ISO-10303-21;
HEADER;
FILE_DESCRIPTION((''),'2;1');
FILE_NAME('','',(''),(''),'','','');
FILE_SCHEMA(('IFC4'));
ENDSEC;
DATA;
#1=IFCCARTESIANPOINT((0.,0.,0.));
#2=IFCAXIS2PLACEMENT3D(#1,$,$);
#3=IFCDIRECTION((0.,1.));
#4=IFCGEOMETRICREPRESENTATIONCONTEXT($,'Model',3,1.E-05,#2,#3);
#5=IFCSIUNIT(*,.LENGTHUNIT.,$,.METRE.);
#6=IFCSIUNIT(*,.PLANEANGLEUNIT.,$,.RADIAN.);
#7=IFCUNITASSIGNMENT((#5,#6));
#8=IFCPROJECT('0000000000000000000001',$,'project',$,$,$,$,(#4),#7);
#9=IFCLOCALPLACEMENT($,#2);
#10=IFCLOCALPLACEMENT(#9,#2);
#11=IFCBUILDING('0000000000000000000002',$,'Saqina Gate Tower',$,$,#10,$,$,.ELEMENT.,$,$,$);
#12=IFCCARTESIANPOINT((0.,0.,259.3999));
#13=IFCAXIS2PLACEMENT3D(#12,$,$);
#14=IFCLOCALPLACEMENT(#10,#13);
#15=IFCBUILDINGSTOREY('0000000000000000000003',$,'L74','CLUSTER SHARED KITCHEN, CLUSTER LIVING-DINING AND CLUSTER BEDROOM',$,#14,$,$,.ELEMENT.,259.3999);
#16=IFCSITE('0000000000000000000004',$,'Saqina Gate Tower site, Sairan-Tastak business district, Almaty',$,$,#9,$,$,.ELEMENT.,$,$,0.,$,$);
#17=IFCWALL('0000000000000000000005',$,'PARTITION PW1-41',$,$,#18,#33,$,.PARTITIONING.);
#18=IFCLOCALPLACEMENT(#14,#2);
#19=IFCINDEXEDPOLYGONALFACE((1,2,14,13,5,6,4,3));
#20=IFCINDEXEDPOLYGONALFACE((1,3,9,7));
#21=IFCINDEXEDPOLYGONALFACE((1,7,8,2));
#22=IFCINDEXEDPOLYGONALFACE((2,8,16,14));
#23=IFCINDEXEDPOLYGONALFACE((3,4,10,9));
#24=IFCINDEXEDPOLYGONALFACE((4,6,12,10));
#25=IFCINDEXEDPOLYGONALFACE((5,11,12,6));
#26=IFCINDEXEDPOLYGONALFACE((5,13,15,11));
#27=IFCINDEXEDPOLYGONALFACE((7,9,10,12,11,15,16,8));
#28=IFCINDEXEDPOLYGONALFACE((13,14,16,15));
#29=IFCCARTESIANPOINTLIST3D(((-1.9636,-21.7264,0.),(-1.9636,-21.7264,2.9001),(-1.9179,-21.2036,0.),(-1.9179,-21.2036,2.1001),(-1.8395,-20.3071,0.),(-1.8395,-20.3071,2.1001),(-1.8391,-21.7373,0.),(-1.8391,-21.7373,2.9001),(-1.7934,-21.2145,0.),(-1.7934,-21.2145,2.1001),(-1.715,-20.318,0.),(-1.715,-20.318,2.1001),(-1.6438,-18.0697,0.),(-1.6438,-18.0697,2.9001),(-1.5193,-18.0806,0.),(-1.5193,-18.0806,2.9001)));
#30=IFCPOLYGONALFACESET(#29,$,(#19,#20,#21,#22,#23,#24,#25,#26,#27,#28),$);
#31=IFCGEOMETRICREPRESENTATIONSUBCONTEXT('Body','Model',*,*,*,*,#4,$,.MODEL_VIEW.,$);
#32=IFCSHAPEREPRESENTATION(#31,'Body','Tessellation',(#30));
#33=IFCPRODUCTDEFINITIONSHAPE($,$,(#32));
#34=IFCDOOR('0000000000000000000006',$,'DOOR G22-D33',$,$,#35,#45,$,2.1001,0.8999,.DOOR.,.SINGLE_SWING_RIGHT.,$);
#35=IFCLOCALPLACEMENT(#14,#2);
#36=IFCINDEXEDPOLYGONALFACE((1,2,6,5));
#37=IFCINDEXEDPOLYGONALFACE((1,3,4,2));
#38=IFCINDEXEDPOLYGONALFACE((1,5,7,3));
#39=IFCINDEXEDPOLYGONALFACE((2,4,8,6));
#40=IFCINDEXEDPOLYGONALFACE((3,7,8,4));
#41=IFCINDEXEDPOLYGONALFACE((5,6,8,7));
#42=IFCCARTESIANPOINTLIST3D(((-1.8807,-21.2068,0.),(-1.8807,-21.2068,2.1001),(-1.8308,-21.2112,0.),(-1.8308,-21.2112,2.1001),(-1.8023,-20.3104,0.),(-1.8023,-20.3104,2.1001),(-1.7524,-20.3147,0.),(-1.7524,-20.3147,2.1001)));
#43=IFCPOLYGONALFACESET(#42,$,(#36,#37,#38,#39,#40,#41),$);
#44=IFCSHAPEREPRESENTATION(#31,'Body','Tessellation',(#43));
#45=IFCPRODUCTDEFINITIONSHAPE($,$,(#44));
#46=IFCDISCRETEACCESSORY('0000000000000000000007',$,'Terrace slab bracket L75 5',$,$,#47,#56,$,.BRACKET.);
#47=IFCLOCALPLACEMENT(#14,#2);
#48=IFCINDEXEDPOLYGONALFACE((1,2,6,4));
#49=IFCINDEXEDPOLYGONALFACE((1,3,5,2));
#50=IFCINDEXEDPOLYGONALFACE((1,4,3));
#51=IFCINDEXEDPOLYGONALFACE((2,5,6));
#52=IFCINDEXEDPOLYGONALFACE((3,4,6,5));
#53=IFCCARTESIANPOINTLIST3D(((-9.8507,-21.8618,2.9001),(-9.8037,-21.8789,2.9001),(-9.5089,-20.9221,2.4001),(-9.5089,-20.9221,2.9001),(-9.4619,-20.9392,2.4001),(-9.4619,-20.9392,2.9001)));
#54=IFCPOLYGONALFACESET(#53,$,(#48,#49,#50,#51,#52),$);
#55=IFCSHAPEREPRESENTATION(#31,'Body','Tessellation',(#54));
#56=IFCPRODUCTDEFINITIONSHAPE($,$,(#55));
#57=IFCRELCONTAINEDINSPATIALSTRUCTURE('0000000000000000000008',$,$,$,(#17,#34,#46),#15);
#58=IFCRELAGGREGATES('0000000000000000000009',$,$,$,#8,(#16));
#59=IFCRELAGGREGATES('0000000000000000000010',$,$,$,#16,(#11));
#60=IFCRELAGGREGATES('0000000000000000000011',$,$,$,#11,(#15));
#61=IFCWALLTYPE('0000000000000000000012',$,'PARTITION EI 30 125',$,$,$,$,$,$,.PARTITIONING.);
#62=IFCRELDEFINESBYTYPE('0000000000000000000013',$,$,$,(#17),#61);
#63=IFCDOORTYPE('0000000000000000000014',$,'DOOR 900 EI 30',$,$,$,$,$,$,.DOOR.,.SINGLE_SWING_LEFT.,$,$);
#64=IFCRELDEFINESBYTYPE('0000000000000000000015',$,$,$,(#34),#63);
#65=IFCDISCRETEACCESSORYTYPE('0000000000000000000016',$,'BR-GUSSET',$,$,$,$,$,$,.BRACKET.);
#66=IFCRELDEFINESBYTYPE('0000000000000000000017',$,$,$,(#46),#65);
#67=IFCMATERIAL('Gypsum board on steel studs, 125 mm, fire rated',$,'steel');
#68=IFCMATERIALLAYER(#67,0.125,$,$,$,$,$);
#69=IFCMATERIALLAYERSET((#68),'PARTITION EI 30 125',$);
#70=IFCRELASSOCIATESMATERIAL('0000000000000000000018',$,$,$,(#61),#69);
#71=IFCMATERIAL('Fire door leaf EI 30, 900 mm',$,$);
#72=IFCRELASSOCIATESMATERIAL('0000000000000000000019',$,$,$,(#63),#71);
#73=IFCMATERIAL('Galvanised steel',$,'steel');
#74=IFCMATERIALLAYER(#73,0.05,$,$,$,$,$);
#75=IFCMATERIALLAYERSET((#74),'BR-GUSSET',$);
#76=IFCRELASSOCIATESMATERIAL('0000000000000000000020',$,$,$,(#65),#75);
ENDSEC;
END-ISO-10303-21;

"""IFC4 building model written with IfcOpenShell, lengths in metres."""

from ifc_helpers import new_model, si_unit, direction, frame, frame_2d, origin, place, context, subcontext, project, spatial, polyline, rectangle, outline, extrude, material, layer, layer_set, type_object, element, fill, save


model = new_model("IFC4")

# Units and contexts
model_context = context("Model", 3, precision=1e-05, world=origin(), true_north=direction((0.0, 1.0)))
body_context = subcontext(model_context, "Body", "Model", "MODEL_VIEW")
ifc_project = project(units=[si_unit("LENGTHUNIT", "METRE"), si_unit("PLANEANGLEUNIT", "RADIAN")], contexts=[model_context])

# Site, building, storey
site_placement = place(None, origin())
site = spatial("IfcSite", under=ifc_project, at=site_placement, Name="Saqina Gate Tower site, Sairan-Tastak business district, Almaty", CompositionType="ELEMENT", RefElevation=0.0)
building_placement = place(site_placement, origin())
building = spatial("IfcBuilding", under=site, at=building_placement, Name="Saqina Gate Tower", CompositionType="ELEMENT")
storey_placement = place(building_placement, frame((0.0, 0.0, 259.3999)))
storey = spatial("IfcBuildingStorey", under=building, at=storey_placement, Name="L74", Description="CLUSTER SHARED KITCHEN, CLUSTER LIVING-DINING AND CLUSTER BEDROOM", CompositionType="ELEMENT", Elevation=259.3999)

# Shared definitions
ifc_material_1 = material(Name="Gypsum board on steel studs, 125 mm, fire rated", Category="steel")
ifc_layer_1 = layer(ifc_material_1, 0.125)
ifc_layer_set_1 = layer_set([ifc_layer_1], Name="PARTITION EI 30 125")
wall_type_1 = type_object("IfcWallType", Name="PARTITION EI 30 125", PredefinedType="PARTITIONING", material=ifc_layer_set_1)

# Wall, opening, door
wall_1_placement = place(storey_placement, frame((-1.9014, -21.7319, 0.0), z_axis=(0.0, 0.0, 1.0), x_axis=(0.087129, 0.996197, 0.0)))
wall_1 = element("IfcWall", 1, at=wall_1_placement, inside=storey, type_object=wall_type_1, Name="PARTITION PW1-41", PredefinedType="PARTITIONING", context=body_context, shape_type="SweptSolid", body=[
    extrude(rectangle(XDim=3.6707, YDim=0.125, at=frame_2d((1.8354, 0.0))), origin(), (0.0, 0.0, 1.0), 2.9001),
])
opening_1_placement = place(wall_1_placement, frame((0.5249, 0.0, 0.0)))
opening_1 = element("IfcOpeningElement", 2, at=opening_1_placement, cuts=wall_1, PredefinedType="OPENING", context=body_context, shape_type="SweptSolid", body=[
    extrude(rectangle(XDim=0.8999, YDim=2.1001, at=frame_2d((0.45, 1.05))), frame((0.0, 0.0745, 0.0), z_axis=(0.0, -1.0, 0.0), x_axis=(1.0, 0.0, 0.0)), (0.0, 0.0, 1.0), 0.1489),
])
ifc_material_2 = material(Name="Fire door leaf EI 30, 900 mm")
door_type_1 = type_object("IfcDoorType", Name="DOOR 900 EI 30", OperationType="SINGLE_SWING_LEFT", PredefinedType="DOOR", material=ifc_material_2)
door_1_placement = place(opening_1_placement, frame((0.8999, 0.0, 0.0), z_axis=(0.0, 0.0, 1.0), x_axis=(-1.0, 0.0, 0.0)))
door_1 = element("IfcDoor", 3, at=door_1_placement, inside=storey, type_object=door_type_1, Name="DOOR G22-D33", OperationType="SINGLE_SWING_RIGHT", OverallHeight=2.1001, OverallWidth=0.8999, PredefinedType="DOOR", context=body_context, shape_type="SweptSolid", body=[
    extrude(rectangle(XDim=0.8999, YDim=2.1001, at=frame_2d((0.45, 1.05))), frame((0.0, 0.0249, 0.0), z_axis=(0.0, -1.0, 0.0), x_axis=(1.0, 0.0, 0.0)), (0.0, 0.0, 1.0), 0.05),
])
fill(opening_1, door_1)

# Discrete accessory
ifc_material_3 = material(Name="Galvanised steel", Category="steel")
ifc_layer_2 = layer(ifc_material_3, 0.05)
ifc_layer_set_2 = layer_set([ifc_layer_2], Name="BR-GUSSET")
discrete_accessory_type = type_object("IfcDiscreteAccessoryType", Name="BR-GUSSET", PredefinedType="BRACKET", material=ifc_layer_set_2)
discrete_accessory_placement = place(storey_placement, frame((-9.4619, -20.9392, 2.4001), z_axis=(0.939765, -0.341821, 0.0), x_axis=(0.0, 0.0, 1.0)))
element("IfcDiscreteAccessory", 4, at=discrete_accessory_placement, inside=storey, type_object=discrete_accessory_type, Name="Terrace slab bracket L75 5", PredefinedType="BRACKET", context=body_context, shape_type="SweptSolid", body=[
    extrude(outline(polyline([(0.0, 0.0), (0.5, 0.0), (0.5, 0.9999), (0.0, 0.0)])), origin(), (0.0, 0.0, -1.0), 0.05),
])

save(model, "model.ifc")
